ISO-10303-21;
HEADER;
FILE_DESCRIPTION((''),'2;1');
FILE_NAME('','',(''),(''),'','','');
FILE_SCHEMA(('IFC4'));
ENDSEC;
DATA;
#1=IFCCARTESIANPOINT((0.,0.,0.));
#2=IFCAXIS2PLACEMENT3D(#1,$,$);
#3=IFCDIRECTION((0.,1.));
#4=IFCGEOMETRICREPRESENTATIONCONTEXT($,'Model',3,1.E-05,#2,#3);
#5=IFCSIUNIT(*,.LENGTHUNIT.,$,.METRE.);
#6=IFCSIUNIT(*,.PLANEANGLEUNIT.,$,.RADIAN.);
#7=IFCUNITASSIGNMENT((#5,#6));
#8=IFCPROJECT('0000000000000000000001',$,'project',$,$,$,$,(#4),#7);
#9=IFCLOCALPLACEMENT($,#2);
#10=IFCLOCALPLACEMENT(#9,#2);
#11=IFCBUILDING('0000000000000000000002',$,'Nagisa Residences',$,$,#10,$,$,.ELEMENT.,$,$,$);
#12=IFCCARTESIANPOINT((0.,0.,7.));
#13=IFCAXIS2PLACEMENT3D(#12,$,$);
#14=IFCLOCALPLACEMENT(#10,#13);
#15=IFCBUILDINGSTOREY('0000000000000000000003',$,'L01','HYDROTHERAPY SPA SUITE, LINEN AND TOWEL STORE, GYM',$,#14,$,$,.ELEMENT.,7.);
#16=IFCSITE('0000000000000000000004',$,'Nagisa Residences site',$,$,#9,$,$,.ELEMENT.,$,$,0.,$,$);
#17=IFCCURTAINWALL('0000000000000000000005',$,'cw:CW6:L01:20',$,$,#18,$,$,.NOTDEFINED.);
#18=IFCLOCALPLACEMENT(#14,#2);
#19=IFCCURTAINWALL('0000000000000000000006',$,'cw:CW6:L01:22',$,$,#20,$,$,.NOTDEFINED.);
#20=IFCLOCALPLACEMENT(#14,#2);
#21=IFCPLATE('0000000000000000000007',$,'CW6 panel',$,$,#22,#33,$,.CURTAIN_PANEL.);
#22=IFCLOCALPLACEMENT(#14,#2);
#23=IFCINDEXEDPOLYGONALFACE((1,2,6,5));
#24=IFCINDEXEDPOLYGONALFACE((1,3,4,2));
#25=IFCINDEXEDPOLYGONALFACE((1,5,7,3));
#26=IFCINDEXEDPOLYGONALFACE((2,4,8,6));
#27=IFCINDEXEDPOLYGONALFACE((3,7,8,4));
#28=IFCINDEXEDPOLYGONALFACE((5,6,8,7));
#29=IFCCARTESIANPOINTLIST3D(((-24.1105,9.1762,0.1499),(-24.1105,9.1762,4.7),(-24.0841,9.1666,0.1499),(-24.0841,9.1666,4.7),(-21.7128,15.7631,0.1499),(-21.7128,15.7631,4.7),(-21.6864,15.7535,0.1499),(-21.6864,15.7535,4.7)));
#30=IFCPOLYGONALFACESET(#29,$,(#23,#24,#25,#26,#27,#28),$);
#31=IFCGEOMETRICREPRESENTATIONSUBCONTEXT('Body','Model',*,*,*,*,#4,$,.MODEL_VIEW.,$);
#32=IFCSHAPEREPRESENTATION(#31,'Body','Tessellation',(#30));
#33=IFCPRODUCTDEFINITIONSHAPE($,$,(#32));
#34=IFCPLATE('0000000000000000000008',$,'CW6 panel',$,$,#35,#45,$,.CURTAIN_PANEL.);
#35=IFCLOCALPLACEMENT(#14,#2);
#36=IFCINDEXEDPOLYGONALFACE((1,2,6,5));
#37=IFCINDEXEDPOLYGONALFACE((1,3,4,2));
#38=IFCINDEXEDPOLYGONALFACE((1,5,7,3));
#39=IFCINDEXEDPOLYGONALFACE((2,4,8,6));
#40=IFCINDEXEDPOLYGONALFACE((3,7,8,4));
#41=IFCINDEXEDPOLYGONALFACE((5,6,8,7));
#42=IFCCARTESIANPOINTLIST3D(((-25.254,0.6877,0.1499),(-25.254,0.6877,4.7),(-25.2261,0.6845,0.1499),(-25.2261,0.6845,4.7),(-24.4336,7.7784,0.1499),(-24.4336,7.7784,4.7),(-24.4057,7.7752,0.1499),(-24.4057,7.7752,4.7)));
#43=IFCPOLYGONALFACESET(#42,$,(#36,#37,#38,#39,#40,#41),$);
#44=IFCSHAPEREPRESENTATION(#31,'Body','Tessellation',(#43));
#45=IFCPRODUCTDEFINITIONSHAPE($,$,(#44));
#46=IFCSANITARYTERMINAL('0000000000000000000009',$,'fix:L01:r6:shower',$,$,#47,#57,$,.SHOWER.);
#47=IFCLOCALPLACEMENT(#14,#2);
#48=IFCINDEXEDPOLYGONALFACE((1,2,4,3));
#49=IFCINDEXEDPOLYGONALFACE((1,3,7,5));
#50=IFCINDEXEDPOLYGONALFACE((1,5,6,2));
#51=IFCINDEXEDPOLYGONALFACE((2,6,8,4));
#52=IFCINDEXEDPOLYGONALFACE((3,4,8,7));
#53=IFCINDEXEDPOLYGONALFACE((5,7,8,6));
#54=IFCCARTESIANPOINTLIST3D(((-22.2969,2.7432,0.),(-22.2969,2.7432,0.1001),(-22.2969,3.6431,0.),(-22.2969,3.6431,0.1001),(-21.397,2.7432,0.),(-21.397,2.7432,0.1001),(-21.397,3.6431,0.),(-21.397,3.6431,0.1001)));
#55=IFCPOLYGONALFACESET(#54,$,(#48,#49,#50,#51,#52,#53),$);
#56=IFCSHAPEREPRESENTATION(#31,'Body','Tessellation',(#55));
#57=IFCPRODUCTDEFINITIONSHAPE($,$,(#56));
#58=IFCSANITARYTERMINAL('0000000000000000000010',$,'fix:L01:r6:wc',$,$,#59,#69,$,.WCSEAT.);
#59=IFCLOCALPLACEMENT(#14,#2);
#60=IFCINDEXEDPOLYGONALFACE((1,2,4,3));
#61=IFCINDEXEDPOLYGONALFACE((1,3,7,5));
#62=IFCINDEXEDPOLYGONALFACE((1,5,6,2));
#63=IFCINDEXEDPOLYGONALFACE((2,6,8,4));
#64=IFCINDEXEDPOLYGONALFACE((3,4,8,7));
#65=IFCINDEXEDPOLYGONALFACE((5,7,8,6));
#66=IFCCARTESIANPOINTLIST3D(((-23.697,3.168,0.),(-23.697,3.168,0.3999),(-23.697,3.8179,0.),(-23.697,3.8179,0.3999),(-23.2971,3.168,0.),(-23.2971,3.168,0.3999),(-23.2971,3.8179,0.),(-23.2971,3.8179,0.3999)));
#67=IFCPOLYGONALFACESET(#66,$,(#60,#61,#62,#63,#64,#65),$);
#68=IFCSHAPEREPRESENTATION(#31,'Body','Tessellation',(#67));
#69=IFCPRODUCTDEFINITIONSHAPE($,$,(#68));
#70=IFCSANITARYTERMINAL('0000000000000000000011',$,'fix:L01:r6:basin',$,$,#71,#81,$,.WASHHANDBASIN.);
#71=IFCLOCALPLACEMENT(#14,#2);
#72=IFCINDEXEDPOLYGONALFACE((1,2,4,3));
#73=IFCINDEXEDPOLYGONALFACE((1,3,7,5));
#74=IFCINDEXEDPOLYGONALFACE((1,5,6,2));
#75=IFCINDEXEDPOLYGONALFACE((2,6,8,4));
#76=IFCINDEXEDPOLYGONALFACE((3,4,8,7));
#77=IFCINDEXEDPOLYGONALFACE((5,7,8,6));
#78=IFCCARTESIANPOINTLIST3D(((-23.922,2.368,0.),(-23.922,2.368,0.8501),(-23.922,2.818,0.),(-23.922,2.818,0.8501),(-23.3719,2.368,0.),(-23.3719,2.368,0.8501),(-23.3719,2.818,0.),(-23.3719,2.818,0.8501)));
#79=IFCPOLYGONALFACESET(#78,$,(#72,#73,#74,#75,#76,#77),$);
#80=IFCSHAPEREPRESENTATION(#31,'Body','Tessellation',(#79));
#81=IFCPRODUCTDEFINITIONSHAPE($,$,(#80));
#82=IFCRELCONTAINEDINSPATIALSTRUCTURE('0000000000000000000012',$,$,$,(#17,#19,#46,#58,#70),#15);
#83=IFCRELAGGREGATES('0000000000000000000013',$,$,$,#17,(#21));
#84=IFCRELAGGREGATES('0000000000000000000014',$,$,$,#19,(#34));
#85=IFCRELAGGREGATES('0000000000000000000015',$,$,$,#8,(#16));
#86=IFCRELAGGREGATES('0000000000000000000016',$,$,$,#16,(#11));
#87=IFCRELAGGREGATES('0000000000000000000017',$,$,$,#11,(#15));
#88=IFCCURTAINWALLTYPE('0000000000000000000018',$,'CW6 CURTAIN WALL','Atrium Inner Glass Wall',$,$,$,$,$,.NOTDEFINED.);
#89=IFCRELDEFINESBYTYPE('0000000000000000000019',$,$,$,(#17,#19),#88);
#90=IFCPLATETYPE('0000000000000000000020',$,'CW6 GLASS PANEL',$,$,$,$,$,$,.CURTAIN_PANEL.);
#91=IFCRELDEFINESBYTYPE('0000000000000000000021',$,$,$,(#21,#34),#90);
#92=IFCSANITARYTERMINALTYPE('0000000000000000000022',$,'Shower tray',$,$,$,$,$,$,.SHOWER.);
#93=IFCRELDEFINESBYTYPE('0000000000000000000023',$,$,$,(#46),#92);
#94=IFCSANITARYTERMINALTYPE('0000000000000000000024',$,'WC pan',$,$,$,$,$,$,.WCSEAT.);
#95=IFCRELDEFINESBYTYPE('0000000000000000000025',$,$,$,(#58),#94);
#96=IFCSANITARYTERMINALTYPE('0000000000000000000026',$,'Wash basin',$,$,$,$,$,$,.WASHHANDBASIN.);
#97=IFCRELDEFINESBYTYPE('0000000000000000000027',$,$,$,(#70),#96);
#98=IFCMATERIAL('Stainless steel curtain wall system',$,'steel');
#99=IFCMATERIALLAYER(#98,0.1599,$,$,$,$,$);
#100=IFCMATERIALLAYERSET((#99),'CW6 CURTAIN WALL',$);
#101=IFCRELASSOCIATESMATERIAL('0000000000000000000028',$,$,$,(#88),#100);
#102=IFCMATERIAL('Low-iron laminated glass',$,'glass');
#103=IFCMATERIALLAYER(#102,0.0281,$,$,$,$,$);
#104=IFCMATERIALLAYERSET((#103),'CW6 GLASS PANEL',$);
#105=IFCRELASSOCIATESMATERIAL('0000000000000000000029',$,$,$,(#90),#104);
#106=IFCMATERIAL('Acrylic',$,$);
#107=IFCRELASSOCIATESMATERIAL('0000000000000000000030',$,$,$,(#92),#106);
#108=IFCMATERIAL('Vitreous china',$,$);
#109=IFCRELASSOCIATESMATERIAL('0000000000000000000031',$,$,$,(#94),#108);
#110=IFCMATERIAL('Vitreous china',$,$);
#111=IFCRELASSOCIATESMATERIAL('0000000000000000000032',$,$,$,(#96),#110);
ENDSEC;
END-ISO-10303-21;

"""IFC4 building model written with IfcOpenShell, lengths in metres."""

from ifc_helpers import new_model, si_unit, direction, frame, origin, origin_2d, place, context, subcontext, project, spatial, rectangle, extrude, material, layer, layer_set, type_object, element, aggregate, save


model = new_model("IFC4")

# Units and contexts
model_context = context("Model", 3, precision=1e-05, world=origin(), true_north=direction((0.0, 1.0)))
body_context = subcontext(model_context, "Body", "Model", "MODEL_VIEW")
ifc_project = project(units=[si_unit("LENGTHUNIT", "METRE"), si_unit("PLANEANGLEUNIT", "RADIAN")], contexts=[model_context])

# Site, building, storey
site_placement = place(None, origin())
site = spatial("IfcSite", under=ifc_project, at=site_placement, Name="Nagisa Residences site", CompositionType="ELEMENT", RefElevation=0.0)
building_placement = place(site_placement, origin())
building = spatial("IfcBuilding", under=site, at=building_placement, Name="Nagisa Residences", CompositionType="ELEMENT")
storey_placement = place(building_placement, frame((0.0, 0.0, 7.0)))
storey = spatial("IfcBuildingStorey", under=building, at=storey_placement, Name="L01", Description="HYDROTHERAPY SPA SUITE, LINEN AND TOWEL STORE, GYM", CompositionType="ELEMENT", Elevation=7.0)

# Curtain walls
ifc_material_1 = material(Name="Stainless steel curtain wall system", Category="steel")
ifc_layer_1 = layer(ifc_material_1, 0.1599)
ifc_layer_set_1 = layer_set([ifc_layer_1], Name="CW6 CURTAIN WALL")
curtain_wall_type_1 = type_object("IfcCurtainWallType", Name="CW6 CURTAIN WALL", Description="Atrium Inner Glass Wall", PredefinedType="NOTDEFINED", material=ifc_layer_set_1)
curtain_wall_1_placement = place(storey_placement, origin())
curtain_wall_1 = element("IfcCurtainWall", 1, at=curtain_wall_1_placement, inside=storey, type_object=curtain_wall_type_1, Name="cw:CW6:L01:20", PredefinedType="NOTDEFINED")
curtain_wall_2_placement = place(storey_placement, origin())
curtain_wall_2 = element("IfcCurtainWall", 2, at=curtain_wall_2_placement, inside=storey, type_object=curtain_wall_type_1, Name="cw:CW6:L01:22", PredefinedType="NOTDEFINED")

# Plates
ifc_material_2 = material(Name="Low-iron laminated glass", Category="glass")
ifc_layer_2 = layer(ifc_material_2, 0.0281)
ifc_layer_set_2 = layer_set([ifc_layer_2], Name="CW6 GLASS PANEL")
plate_type_1 = type_object("IfcPlateType", Name="CW6 GLASS PANEL", PredefinedType="CURTAIN_PANEL", material=ifc_layer_set_2)
plate_1_placement = place(storey_placement, frame((-22.8984, 12.4648, 0.1499), z_axis=(0.0, 0.0, 1.0), x_axis=(-0.34205, -0.939682, 0.0)))
plate_1 = element("IfcPlate", 3, at=plate_1_placement, type_object=plate_type_1, Name="CW6 panel", PredefinedType="CURTAIN_PANEL", context=body_context, shape_type="SweptSolid", body=[
    extrude(rectangle(XDim=7.0098, YDim=0.0281, at=origin_2d()), origin(), (0.0, 0.0, 1.0), 4.55),
])
aggregate(curtain_wall_1, [plate_1])
plate_2_placement = place(storey_placement, frame((-24.8298, 4.2314, 0.1499), z_axis=(0.0, 0.0, 1.0), x_axis=(-0.114928, -0.993374, 0.0)))
plate_2 = element("IfcPlate", 4, at=plate_2_placement, type_object=plate_type_1, Name="CW6 panel", PredefinedType="CURTAIN_PANEL", context=body_context, shape_type="SweptSolid", body=[
    extrude(rectangle(XDim=7.1379, YDim=0.0281, at=origin_2d()), origin(), (0.0, 0.0, 1.0), 4.55),
])
aggregate(curtain_wall_2, [plate_2])

# Sanitary terminals
ifc_material_3 = material(Name="Acrylic")
sanitary_terminal_type_1 = type_object("IfcSanitaryTerminalType", Name="Shower tray", PredefinedType="SHOWER", material=ifc_material_3)
sanitary_terminal_1_placement = place(storey_placement, frame((-21.8469, 3.1931, 0.0), z_axis=(0.0, 0.0, 1.0), x_axis=(1.0, 0.0, 0.0)))
element("IfcSanitaryTerminal", 5, at=sanitary_terminal_1_placement, inside=storey, type_object=sanitary_terminal_type_1, Name="fix:L01:r6:shower", PredefinedType="SHOWER", context=body_context, shape_type="SweptSolid", body=[
    extrude(rectangle(XDim=0.8999, YDim=0.8999, at=origin_2d()), origin(), (0.0, 0.0, 1.0), 0.1001),
])
ifc_material_4 = material(Name="Vitreous china")
sanitary_terminal_type_2 = type_object("IfcSanitaryTerminalType", Name="WC pan", PredefinedType="WCSEAT", material=ifc_material_4)
sanitary_terminal_2_placement = place(storey_placement, frame((-23.4971, 3.4929, 0.0), z_axis=(0.0, 0.0, 1.0), x_axis=(1.0, 0.0, 0.0)))
element("IfcSanitaryTerminal", 6, at=sanitary_terminal_2_placement, inside=storey, type_object=sanitary_terminal_type_2, Name="fix:L01:r6:wc", PredefinedType="WCSEAT", context=body_context, shape_type="SweptSolid", body=[
    extrude(rectangle(XDim=0.3999, YDim=0.6499, at=origin_2d()), origin(), (0.0, 0.0, 1.0), 0.3999),
])
ifc_material_5 = material(Name="Vitreous china")
sanitary_terminal_type_3 = type_object("IfcSanitaryTerminalType", Name="Wash basin", PredefinedType="WASHHANDBASIN", material=ifc_material_5)
sanitary_terminal_3_placement = place(storey_placement, frame((-23.647, 2.593, 0.0), z_axis=(0.0, 0.0, 1.0), x_axis=(1.0, 0.0, 0.0)))
element("IfcSanitaryTerminal", 7, at=sanitary_terminal_3_placement, inside=storey, type_object=sanitary_terminal_type_3, Name="fix:L01:r6:basin", PredefinedType="WASHHANDBASIN", context=body_context, shape_type="SweptSolid", body=[
    extrude(rectangle(XDim=0.55, YDim=0.45, at=origin_2d()), origin(), (0.0, 0.0, 1.0), 0.8501),
])

save(model, "model.ifc")
